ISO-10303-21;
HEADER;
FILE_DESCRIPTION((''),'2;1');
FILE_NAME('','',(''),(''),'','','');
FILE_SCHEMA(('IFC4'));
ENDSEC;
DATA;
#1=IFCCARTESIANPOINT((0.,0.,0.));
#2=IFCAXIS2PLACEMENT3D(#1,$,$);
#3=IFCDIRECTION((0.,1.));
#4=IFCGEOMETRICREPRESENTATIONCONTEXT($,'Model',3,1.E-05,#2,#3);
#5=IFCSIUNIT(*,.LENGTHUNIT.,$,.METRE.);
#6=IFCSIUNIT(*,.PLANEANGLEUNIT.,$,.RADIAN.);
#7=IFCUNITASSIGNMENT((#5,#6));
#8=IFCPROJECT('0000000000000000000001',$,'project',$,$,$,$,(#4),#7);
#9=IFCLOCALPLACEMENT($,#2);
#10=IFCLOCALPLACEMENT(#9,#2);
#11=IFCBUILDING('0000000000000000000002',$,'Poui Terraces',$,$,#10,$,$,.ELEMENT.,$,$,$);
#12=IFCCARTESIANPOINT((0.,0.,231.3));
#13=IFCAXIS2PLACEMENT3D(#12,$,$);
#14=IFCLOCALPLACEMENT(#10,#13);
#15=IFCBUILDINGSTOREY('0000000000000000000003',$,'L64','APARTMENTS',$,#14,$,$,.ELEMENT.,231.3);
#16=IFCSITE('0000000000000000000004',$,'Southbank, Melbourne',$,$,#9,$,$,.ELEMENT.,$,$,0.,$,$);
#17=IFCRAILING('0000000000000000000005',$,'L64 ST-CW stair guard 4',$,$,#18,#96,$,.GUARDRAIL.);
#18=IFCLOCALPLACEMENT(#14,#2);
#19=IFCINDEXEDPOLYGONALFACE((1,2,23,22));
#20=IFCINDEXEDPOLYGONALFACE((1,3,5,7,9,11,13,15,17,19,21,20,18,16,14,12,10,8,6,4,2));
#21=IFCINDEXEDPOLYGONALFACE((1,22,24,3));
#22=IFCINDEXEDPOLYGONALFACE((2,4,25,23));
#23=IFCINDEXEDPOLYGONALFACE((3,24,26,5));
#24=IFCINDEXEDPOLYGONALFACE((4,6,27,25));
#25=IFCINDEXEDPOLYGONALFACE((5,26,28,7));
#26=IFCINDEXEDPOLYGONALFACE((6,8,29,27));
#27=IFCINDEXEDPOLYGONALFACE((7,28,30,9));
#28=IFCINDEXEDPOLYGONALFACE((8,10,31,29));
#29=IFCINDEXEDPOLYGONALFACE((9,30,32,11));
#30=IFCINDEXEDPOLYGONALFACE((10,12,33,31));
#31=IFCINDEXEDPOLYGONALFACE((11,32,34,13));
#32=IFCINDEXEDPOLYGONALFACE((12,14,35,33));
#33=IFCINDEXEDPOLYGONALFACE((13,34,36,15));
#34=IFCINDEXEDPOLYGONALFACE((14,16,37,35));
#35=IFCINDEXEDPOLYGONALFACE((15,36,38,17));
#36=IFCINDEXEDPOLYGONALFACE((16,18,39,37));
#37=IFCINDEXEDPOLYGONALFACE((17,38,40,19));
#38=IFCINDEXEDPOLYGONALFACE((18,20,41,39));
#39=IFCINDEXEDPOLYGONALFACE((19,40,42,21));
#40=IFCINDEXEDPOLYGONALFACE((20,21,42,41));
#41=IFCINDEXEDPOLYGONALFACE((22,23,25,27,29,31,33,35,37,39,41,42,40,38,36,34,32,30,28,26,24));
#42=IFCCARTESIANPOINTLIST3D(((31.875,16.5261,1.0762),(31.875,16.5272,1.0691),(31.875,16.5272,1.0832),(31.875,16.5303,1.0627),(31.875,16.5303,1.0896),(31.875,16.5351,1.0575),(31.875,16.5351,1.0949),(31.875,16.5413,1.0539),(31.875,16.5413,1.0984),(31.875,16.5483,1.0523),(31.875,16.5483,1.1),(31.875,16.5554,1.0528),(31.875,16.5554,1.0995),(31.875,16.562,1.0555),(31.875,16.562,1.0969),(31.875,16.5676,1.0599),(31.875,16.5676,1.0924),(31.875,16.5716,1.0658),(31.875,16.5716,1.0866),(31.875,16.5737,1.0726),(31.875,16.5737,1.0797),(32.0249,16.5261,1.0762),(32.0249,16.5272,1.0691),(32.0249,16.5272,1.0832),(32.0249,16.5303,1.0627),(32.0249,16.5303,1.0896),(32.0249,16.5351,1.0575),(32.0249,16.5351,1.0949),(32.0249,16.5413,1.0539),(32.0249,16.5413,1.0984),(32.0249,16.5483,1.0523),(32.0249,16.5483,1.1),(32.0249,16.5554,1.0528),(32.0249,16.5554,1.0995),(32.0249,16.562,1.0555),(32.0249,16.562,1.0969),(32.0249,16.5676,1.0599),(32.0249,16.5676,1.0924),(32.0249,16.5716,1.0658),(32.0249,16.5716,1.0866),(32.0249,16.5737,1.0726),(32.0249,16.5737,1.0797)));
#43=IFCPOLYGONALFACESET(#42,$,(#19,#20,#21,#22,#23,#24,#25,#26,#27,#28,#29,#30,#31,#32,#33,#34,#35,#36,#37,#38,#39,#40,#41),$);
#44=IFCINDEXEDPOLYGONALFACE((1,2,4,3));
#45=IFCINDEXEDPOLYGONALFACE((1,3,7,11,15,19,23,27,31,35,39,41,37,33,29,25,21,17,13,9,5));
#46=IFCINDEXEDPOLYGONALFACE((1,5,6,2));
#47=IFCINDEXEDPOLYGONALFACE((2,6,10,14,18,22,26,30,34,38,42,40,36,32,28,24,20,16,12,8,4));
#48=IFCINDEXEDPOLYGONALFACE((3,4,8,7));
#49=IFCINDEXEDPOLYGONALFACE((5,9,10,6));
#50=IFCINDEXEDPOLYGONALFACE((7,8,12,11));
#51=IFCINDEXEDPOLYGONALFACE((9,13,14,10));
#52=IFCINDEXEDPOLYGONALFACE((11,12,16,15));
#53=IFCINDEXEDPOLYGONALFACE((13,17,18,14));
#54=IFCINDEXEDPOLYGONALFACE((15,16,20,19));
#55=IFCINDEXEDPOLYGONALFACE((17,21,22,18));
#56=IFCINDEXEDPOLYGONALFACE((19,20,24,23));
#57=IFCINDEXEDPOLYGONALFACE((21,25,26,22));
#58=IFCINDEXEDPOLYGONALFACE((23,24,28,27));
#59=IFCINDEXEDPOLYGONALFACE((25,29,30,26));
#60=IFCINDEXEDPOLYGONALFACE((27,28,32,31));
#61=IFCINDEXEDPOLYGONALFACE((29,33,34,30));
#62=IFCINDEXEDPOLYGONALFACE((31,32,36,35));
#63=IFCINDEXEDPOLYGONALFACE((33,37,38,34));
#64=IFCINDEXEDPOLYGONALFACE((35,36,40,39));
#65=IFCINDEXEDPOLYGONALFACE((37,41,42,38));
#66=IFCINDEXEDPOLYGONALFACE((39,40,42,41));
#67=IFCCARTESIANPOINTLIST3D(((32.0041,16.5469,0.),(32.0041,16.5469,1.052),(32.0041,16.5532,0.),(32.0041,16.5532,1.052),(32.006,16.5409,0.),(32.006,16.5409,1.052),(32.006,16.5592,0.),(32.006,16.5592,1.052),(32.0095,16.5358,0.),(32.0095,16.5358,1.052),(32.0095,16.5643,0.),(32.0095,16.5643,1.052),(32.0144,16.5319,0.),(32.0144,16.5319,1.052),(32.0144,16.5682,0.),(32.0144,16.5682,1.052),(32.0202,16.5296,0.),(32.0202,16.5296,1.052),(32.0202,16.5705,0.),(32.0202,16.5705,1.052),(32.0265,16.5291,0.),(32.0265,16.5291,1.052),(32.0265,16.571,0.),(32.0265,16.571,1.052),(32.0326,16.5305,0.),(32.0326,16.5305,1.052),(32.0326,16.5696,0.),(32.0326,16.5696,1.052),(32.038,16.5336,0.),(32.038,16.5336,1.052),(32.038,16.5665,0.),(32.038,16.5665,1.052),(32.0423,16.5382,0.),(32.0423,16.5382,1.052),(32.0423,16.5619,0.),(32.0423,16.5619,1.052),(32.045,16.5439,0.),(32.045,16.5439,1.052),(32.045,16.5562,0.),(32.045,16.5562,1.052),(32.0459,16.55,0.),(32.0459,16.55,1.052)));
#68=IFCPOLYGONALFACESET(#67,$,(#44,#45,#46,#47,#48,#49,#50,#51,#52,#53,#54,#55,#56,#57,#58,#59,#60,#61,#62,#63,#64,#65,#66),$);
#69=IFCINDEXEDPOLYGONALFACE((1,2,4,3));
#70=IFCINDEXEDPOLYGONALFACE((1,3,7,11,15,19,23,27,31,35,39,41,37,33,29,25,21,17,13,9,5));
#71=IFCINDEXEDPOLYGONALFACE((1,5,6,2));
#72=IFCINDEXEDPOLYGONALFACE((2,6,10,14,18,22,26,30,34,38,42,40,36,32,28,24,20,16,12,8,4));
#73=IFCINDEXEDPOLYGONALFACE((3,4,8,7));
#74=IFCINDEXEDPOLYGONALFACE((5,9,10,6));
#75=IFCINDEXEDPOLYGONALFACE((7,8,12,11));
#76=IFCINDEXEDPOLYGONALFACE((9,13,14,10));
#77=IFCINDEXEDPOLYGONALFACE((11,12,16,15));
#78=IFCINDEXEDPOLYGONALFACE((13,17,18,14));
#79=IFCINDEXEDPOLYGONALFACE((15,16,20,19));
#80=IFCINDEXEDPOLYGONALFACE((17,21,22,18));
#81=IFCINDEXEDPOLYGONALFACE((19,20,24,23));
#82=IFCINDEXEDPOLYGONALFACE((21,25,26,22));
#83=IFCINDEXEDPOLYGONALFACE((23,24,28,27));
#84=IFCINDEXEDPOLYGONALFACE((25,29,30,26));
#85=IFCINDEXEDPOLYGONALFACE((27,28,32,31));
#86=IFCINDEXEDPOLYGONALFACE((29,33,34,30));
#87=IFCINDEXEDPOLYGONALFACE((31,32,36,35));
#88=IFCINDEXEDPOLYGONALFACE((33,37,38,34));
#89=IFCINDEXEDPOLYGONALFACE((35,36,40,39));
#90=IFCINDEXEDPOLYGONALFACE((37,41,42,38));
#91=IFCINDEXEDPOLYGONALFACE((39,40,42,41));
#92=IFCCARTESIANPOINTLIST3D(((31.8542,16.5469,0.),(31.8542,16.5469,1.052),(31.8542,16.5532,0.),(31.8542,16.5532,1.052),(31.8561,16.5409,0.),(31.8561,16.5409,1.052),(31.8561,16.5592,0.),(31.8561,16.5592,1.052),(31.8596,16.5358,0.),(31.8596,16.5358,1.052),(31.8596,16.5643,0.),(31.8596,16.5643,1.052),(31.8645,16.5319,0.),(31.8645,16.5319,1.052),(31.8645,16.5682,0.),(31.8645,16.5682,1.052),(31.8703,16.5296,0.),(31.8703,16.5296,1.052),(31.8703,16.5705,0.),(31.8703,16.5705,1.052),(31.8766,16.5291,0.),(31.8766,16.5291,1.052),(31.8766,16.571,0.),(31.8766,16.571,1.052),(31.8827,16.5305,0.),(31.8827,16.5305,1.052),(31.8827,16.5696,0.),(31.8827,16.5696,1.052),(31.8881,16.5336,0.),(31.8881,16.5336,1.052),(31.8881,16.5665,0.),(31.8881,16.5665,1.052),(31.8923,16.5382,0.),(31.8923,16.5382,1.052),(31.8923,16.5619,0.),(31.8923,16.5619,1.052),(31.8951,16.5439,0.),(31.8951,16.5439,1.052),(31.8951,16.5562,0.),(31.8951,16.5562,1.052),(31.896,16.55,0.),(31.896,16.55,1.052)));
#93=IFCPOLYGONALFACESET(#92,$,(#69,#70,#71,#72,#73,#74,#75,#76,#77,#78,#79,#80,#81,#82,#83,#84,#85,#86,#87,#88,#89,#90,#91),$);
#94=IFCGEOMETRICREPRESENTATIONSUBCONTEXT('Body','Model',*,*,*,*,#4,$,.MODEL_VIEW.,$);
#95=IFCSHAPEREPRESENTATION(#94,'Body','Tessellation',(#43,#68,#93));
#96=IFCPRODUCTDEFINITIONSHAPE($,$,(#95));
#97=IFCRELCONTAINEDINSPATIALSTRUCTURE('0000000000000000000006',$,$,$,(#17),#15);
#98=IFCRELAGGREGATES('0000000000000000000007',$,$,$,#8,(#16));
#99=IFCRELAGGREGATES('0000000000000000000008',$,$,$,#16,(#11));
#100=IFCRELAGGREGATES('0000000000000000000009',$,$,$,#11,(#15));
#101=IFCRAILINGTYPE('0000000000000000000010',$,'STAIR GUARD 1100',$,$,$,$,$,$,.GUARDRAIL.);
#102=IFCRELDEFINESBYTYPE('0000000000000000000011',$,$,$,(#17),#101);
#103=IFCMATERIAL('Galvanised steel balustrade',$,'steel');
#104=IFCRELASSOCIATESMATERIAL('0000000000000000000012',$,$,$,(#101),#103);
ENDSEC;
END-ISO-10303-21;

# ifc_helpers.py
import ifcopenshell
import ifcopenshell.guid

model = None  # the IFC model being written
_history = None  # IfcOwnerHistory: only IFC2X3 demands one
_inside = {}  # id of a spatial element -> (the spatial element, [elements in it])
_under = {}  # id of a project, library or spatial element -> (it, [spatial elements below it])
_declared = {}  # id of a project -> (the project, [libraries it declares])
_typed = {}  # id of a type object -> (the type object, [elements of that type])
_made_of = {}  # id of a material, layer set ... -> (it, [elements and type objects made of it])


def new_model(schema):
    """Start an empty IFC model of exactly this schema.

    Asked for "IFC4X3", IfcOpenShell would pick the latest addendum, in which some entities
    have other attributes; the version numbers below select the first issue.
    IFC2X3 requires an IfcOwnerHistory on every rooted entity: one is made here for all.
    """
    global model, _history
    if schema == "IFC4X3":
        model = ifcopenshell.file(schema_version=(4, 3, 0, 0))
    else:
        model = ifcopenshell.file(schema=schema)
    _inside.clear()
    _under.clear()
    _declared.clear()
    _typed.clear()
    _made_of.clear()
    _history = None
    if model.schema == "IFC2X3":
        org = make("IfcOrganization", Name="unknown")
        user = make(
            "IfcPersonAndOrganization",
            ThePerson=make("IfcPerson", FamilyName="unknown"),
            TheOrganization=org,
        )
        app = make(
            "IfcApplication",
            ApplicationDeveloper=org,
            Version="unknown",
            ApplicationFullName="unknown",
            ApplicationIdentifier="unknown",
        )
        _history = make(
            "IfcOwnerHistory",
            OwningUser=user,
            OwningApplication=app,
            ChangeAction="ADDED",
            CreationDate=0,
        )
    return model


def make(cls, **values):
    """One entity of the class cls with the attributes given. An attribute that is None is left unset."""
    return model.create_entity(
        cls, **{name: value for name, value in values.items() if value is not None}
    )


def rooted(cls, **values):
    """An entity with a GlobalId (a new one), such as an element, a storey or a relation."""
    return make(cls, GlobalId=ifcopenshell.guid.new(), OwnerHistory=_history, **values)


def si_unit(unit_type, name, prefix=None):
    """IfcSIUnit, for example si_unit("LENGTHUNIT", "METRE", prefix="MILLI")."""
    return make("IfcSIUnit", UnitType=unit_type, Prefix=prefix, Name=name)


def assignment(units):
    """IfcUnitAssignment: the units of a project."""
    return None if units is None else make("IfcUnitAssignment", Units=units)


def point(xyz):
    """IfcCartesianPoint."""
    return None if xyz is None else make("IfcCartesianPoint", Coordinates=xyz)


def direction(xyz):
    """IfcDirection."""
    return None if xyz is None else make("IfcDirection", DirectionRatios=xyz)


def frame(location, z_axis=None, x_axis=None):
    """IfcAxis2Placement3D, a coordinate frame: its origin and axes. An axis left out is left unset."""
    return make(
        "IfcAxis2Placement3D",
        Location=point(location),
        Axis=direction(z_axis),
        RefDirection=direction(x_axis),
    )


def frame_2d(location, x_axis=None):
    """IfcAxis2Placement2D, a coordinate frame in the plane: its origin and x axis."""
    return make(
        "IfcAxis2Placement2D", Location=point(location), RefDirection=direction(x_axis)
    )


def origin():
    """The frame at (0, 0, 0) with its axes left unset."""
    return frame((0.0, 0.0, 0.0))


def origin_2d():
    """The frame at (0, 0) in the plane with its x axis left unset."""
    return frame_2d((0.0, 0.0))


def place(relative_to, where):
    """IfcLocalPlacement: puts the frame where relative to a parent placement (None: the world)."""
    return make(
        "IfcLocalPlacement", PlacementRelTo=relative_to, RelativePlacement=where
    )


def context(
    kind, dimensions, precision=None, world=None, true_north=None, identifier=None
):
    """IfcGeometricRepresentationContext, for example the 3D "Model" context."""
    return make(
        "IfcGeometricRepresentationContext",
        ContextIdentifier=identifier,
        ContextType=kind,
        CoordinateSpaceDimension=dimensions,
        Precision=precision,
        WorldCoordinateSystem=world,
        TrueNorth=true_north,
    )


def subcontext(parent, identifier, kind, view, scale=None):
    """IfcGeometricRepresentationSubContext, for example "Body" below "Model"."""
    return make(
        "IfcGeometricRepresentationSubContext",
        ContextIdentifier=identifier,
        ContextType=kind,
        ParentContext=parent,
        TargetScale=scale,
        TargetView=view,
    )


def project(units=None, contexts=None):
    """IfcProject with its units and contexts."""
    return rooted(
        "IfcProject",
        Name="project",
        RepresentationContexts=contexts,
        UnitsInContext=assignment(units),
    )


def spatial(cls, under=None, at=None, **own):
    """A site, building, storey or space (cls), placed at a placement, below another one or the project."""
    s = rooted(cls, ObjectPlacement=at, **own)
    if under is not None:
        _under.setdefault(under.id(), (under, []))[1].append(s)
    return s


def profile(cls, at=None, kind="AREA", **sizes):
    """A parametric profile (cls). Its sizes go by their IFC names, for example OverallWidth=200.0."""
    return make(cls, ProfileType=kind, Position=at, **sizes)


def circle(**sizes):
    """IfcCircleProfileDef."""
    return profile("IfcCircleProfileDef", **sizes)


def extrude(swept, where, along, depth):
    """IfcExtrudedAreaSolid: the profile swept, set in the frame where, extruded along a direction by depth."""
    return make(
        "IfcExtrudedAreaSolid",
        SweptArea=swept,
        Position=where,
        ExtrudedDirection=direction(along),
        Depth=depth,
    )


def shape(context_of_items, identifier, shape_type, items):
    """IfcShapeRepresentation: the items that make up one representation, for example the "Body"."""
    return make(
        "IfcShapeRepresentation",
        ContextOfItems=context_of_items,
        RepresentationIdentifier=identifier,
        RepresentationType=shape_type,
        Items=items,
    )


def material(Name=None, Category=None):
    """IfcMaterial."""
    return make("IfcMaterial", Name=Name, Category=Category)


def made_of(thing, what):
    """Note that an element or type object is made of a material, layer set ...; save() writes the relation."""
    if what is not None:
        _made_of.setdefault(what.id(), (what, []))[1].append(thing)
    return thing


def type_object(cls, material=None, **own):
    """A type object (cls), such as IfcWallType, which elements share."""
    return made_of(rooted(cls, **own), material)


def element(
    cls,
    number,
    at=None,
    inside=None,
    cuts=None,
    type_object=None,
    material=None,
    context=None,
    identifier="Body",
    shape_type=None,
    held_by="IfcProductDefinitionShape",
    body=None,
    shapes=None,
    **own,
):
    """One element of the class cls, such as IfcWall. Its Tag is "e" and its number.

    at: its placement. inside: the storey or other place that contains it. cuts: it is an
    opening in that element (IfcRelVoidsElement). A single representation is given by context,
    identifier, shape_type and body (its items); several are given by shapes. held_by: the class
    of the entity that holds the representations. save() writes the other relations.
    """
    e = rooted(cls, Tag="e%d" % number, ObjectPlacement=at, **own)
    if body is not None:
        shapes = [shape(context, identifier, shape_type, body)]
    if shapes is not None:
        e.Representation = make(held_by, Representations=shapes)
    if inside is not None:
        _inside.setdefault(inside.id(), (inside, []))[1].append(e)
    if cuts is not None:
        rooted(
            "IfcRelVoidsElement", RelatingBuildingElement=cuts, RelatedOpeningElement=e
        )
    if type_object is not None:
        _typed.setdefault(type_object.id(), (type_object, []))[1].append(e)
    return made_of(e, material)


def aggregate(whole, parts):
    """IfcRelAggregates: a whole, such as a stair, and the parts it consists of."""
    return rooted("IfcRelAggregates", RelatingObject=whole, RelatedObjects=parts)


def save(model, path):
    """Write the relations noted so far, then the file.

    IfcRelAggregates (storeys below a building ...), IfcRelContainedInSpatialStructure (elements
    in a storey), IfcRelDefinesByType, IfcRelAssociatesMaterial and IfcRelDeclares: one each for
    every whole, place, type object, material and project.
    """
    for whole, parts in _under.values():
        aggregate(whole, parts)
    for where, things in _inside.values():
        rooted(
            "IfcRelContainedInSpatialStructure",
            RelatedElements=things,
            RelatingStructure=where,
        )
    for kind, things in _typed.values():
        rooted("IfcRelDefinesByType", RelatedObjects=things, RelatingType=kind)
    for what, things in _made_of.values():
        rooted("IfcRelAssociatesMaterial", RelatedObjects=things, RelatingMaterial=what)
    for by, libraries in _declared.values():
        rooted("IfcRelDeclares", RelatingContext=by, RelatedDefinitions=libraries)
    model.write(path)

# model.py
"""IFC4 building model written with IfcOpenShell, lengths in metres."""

from ifc_helpers import new_model, si_unit, direction, frame, origin, origin_2d, place, context, subcontext, project, spatial, circle, extrude, material, type_object, element, save


model = new_model("IFC4")

# Units and contexts
model_context = context("Model", 3, precision=1e-05, world=origin(), true_north=direction((0.0, 1.0)))
body_context = subcontext(model_context, "Body", "Model", "MODEL_VIEW")
ifc_project = project(units=[si_unit("LENGTHUNIT", "METRE"), si_unit("PLANEANGLEUNIT", "RADIAN")], contexts=[model_context])

# Site, building, storey
site_placement = place(None, origin())
site = spatial("IfcSite", under=ifc_project, at=site_placement, Name="Southbank, Melbourne", CompositionType="ELEMENT", RefElevation=0.0)
building_placement = place(site_placement, origin())
building = spatial("IfcBuilding", under=site, at=building_placement, Name="Poui Terraces", CompositionType="ELEMENT")
storey_placement = place(building_placement, frame((0.0, 0.0, 231.3)))
storey = spatial("IfcBuildingStorey", under=building, at=storey_placement, Name="L64", Description="APARTMENTS", CompositionType="ELEMENT", Elevation=231.3)

# Railing
ifc_material_1 = material(Name="Galvanised steel balustrade", Category="steel")
railing_type_1 = type_object("IfcRailingType", Name="STAIR GUARD 1100", PredefinedType="GUARDRAIL", material=ifc_material_1)
railing_1_placement = place(storey_placement, frame((32.0249, 16.55, 0.0)))
element("IfcRailing", 1, at=railing_1_placement, inside=storey, type_object=railing_type_1, Name="L64 ST-CW stair guard 4", PredefinedType="GUARDRAIL", context=body_context, shape_type="SweptSolid", body=[
    extrude(circle(Radius=0.0239, at=origin_2d()), frame((0.0, 0.0, 1.0762), z_axis=(-1.0, 0.0, 0.0), x_axis=(0.0, -1.0, 0.0)), (0.0, 0.0, 1.0), 0.1499),
    extrude(circle(Radius=0.021, at=origin_2d()), origin(), (0.0, 0.0, 1.0), 1.052),
    extrude(circle(Radius=0.021, at=origin_2d()), frame((-0.1499, 0.0, 0.0)), (0.0, 0.0, 1.0), 1.052),
])

save(model, "model.ifc")
